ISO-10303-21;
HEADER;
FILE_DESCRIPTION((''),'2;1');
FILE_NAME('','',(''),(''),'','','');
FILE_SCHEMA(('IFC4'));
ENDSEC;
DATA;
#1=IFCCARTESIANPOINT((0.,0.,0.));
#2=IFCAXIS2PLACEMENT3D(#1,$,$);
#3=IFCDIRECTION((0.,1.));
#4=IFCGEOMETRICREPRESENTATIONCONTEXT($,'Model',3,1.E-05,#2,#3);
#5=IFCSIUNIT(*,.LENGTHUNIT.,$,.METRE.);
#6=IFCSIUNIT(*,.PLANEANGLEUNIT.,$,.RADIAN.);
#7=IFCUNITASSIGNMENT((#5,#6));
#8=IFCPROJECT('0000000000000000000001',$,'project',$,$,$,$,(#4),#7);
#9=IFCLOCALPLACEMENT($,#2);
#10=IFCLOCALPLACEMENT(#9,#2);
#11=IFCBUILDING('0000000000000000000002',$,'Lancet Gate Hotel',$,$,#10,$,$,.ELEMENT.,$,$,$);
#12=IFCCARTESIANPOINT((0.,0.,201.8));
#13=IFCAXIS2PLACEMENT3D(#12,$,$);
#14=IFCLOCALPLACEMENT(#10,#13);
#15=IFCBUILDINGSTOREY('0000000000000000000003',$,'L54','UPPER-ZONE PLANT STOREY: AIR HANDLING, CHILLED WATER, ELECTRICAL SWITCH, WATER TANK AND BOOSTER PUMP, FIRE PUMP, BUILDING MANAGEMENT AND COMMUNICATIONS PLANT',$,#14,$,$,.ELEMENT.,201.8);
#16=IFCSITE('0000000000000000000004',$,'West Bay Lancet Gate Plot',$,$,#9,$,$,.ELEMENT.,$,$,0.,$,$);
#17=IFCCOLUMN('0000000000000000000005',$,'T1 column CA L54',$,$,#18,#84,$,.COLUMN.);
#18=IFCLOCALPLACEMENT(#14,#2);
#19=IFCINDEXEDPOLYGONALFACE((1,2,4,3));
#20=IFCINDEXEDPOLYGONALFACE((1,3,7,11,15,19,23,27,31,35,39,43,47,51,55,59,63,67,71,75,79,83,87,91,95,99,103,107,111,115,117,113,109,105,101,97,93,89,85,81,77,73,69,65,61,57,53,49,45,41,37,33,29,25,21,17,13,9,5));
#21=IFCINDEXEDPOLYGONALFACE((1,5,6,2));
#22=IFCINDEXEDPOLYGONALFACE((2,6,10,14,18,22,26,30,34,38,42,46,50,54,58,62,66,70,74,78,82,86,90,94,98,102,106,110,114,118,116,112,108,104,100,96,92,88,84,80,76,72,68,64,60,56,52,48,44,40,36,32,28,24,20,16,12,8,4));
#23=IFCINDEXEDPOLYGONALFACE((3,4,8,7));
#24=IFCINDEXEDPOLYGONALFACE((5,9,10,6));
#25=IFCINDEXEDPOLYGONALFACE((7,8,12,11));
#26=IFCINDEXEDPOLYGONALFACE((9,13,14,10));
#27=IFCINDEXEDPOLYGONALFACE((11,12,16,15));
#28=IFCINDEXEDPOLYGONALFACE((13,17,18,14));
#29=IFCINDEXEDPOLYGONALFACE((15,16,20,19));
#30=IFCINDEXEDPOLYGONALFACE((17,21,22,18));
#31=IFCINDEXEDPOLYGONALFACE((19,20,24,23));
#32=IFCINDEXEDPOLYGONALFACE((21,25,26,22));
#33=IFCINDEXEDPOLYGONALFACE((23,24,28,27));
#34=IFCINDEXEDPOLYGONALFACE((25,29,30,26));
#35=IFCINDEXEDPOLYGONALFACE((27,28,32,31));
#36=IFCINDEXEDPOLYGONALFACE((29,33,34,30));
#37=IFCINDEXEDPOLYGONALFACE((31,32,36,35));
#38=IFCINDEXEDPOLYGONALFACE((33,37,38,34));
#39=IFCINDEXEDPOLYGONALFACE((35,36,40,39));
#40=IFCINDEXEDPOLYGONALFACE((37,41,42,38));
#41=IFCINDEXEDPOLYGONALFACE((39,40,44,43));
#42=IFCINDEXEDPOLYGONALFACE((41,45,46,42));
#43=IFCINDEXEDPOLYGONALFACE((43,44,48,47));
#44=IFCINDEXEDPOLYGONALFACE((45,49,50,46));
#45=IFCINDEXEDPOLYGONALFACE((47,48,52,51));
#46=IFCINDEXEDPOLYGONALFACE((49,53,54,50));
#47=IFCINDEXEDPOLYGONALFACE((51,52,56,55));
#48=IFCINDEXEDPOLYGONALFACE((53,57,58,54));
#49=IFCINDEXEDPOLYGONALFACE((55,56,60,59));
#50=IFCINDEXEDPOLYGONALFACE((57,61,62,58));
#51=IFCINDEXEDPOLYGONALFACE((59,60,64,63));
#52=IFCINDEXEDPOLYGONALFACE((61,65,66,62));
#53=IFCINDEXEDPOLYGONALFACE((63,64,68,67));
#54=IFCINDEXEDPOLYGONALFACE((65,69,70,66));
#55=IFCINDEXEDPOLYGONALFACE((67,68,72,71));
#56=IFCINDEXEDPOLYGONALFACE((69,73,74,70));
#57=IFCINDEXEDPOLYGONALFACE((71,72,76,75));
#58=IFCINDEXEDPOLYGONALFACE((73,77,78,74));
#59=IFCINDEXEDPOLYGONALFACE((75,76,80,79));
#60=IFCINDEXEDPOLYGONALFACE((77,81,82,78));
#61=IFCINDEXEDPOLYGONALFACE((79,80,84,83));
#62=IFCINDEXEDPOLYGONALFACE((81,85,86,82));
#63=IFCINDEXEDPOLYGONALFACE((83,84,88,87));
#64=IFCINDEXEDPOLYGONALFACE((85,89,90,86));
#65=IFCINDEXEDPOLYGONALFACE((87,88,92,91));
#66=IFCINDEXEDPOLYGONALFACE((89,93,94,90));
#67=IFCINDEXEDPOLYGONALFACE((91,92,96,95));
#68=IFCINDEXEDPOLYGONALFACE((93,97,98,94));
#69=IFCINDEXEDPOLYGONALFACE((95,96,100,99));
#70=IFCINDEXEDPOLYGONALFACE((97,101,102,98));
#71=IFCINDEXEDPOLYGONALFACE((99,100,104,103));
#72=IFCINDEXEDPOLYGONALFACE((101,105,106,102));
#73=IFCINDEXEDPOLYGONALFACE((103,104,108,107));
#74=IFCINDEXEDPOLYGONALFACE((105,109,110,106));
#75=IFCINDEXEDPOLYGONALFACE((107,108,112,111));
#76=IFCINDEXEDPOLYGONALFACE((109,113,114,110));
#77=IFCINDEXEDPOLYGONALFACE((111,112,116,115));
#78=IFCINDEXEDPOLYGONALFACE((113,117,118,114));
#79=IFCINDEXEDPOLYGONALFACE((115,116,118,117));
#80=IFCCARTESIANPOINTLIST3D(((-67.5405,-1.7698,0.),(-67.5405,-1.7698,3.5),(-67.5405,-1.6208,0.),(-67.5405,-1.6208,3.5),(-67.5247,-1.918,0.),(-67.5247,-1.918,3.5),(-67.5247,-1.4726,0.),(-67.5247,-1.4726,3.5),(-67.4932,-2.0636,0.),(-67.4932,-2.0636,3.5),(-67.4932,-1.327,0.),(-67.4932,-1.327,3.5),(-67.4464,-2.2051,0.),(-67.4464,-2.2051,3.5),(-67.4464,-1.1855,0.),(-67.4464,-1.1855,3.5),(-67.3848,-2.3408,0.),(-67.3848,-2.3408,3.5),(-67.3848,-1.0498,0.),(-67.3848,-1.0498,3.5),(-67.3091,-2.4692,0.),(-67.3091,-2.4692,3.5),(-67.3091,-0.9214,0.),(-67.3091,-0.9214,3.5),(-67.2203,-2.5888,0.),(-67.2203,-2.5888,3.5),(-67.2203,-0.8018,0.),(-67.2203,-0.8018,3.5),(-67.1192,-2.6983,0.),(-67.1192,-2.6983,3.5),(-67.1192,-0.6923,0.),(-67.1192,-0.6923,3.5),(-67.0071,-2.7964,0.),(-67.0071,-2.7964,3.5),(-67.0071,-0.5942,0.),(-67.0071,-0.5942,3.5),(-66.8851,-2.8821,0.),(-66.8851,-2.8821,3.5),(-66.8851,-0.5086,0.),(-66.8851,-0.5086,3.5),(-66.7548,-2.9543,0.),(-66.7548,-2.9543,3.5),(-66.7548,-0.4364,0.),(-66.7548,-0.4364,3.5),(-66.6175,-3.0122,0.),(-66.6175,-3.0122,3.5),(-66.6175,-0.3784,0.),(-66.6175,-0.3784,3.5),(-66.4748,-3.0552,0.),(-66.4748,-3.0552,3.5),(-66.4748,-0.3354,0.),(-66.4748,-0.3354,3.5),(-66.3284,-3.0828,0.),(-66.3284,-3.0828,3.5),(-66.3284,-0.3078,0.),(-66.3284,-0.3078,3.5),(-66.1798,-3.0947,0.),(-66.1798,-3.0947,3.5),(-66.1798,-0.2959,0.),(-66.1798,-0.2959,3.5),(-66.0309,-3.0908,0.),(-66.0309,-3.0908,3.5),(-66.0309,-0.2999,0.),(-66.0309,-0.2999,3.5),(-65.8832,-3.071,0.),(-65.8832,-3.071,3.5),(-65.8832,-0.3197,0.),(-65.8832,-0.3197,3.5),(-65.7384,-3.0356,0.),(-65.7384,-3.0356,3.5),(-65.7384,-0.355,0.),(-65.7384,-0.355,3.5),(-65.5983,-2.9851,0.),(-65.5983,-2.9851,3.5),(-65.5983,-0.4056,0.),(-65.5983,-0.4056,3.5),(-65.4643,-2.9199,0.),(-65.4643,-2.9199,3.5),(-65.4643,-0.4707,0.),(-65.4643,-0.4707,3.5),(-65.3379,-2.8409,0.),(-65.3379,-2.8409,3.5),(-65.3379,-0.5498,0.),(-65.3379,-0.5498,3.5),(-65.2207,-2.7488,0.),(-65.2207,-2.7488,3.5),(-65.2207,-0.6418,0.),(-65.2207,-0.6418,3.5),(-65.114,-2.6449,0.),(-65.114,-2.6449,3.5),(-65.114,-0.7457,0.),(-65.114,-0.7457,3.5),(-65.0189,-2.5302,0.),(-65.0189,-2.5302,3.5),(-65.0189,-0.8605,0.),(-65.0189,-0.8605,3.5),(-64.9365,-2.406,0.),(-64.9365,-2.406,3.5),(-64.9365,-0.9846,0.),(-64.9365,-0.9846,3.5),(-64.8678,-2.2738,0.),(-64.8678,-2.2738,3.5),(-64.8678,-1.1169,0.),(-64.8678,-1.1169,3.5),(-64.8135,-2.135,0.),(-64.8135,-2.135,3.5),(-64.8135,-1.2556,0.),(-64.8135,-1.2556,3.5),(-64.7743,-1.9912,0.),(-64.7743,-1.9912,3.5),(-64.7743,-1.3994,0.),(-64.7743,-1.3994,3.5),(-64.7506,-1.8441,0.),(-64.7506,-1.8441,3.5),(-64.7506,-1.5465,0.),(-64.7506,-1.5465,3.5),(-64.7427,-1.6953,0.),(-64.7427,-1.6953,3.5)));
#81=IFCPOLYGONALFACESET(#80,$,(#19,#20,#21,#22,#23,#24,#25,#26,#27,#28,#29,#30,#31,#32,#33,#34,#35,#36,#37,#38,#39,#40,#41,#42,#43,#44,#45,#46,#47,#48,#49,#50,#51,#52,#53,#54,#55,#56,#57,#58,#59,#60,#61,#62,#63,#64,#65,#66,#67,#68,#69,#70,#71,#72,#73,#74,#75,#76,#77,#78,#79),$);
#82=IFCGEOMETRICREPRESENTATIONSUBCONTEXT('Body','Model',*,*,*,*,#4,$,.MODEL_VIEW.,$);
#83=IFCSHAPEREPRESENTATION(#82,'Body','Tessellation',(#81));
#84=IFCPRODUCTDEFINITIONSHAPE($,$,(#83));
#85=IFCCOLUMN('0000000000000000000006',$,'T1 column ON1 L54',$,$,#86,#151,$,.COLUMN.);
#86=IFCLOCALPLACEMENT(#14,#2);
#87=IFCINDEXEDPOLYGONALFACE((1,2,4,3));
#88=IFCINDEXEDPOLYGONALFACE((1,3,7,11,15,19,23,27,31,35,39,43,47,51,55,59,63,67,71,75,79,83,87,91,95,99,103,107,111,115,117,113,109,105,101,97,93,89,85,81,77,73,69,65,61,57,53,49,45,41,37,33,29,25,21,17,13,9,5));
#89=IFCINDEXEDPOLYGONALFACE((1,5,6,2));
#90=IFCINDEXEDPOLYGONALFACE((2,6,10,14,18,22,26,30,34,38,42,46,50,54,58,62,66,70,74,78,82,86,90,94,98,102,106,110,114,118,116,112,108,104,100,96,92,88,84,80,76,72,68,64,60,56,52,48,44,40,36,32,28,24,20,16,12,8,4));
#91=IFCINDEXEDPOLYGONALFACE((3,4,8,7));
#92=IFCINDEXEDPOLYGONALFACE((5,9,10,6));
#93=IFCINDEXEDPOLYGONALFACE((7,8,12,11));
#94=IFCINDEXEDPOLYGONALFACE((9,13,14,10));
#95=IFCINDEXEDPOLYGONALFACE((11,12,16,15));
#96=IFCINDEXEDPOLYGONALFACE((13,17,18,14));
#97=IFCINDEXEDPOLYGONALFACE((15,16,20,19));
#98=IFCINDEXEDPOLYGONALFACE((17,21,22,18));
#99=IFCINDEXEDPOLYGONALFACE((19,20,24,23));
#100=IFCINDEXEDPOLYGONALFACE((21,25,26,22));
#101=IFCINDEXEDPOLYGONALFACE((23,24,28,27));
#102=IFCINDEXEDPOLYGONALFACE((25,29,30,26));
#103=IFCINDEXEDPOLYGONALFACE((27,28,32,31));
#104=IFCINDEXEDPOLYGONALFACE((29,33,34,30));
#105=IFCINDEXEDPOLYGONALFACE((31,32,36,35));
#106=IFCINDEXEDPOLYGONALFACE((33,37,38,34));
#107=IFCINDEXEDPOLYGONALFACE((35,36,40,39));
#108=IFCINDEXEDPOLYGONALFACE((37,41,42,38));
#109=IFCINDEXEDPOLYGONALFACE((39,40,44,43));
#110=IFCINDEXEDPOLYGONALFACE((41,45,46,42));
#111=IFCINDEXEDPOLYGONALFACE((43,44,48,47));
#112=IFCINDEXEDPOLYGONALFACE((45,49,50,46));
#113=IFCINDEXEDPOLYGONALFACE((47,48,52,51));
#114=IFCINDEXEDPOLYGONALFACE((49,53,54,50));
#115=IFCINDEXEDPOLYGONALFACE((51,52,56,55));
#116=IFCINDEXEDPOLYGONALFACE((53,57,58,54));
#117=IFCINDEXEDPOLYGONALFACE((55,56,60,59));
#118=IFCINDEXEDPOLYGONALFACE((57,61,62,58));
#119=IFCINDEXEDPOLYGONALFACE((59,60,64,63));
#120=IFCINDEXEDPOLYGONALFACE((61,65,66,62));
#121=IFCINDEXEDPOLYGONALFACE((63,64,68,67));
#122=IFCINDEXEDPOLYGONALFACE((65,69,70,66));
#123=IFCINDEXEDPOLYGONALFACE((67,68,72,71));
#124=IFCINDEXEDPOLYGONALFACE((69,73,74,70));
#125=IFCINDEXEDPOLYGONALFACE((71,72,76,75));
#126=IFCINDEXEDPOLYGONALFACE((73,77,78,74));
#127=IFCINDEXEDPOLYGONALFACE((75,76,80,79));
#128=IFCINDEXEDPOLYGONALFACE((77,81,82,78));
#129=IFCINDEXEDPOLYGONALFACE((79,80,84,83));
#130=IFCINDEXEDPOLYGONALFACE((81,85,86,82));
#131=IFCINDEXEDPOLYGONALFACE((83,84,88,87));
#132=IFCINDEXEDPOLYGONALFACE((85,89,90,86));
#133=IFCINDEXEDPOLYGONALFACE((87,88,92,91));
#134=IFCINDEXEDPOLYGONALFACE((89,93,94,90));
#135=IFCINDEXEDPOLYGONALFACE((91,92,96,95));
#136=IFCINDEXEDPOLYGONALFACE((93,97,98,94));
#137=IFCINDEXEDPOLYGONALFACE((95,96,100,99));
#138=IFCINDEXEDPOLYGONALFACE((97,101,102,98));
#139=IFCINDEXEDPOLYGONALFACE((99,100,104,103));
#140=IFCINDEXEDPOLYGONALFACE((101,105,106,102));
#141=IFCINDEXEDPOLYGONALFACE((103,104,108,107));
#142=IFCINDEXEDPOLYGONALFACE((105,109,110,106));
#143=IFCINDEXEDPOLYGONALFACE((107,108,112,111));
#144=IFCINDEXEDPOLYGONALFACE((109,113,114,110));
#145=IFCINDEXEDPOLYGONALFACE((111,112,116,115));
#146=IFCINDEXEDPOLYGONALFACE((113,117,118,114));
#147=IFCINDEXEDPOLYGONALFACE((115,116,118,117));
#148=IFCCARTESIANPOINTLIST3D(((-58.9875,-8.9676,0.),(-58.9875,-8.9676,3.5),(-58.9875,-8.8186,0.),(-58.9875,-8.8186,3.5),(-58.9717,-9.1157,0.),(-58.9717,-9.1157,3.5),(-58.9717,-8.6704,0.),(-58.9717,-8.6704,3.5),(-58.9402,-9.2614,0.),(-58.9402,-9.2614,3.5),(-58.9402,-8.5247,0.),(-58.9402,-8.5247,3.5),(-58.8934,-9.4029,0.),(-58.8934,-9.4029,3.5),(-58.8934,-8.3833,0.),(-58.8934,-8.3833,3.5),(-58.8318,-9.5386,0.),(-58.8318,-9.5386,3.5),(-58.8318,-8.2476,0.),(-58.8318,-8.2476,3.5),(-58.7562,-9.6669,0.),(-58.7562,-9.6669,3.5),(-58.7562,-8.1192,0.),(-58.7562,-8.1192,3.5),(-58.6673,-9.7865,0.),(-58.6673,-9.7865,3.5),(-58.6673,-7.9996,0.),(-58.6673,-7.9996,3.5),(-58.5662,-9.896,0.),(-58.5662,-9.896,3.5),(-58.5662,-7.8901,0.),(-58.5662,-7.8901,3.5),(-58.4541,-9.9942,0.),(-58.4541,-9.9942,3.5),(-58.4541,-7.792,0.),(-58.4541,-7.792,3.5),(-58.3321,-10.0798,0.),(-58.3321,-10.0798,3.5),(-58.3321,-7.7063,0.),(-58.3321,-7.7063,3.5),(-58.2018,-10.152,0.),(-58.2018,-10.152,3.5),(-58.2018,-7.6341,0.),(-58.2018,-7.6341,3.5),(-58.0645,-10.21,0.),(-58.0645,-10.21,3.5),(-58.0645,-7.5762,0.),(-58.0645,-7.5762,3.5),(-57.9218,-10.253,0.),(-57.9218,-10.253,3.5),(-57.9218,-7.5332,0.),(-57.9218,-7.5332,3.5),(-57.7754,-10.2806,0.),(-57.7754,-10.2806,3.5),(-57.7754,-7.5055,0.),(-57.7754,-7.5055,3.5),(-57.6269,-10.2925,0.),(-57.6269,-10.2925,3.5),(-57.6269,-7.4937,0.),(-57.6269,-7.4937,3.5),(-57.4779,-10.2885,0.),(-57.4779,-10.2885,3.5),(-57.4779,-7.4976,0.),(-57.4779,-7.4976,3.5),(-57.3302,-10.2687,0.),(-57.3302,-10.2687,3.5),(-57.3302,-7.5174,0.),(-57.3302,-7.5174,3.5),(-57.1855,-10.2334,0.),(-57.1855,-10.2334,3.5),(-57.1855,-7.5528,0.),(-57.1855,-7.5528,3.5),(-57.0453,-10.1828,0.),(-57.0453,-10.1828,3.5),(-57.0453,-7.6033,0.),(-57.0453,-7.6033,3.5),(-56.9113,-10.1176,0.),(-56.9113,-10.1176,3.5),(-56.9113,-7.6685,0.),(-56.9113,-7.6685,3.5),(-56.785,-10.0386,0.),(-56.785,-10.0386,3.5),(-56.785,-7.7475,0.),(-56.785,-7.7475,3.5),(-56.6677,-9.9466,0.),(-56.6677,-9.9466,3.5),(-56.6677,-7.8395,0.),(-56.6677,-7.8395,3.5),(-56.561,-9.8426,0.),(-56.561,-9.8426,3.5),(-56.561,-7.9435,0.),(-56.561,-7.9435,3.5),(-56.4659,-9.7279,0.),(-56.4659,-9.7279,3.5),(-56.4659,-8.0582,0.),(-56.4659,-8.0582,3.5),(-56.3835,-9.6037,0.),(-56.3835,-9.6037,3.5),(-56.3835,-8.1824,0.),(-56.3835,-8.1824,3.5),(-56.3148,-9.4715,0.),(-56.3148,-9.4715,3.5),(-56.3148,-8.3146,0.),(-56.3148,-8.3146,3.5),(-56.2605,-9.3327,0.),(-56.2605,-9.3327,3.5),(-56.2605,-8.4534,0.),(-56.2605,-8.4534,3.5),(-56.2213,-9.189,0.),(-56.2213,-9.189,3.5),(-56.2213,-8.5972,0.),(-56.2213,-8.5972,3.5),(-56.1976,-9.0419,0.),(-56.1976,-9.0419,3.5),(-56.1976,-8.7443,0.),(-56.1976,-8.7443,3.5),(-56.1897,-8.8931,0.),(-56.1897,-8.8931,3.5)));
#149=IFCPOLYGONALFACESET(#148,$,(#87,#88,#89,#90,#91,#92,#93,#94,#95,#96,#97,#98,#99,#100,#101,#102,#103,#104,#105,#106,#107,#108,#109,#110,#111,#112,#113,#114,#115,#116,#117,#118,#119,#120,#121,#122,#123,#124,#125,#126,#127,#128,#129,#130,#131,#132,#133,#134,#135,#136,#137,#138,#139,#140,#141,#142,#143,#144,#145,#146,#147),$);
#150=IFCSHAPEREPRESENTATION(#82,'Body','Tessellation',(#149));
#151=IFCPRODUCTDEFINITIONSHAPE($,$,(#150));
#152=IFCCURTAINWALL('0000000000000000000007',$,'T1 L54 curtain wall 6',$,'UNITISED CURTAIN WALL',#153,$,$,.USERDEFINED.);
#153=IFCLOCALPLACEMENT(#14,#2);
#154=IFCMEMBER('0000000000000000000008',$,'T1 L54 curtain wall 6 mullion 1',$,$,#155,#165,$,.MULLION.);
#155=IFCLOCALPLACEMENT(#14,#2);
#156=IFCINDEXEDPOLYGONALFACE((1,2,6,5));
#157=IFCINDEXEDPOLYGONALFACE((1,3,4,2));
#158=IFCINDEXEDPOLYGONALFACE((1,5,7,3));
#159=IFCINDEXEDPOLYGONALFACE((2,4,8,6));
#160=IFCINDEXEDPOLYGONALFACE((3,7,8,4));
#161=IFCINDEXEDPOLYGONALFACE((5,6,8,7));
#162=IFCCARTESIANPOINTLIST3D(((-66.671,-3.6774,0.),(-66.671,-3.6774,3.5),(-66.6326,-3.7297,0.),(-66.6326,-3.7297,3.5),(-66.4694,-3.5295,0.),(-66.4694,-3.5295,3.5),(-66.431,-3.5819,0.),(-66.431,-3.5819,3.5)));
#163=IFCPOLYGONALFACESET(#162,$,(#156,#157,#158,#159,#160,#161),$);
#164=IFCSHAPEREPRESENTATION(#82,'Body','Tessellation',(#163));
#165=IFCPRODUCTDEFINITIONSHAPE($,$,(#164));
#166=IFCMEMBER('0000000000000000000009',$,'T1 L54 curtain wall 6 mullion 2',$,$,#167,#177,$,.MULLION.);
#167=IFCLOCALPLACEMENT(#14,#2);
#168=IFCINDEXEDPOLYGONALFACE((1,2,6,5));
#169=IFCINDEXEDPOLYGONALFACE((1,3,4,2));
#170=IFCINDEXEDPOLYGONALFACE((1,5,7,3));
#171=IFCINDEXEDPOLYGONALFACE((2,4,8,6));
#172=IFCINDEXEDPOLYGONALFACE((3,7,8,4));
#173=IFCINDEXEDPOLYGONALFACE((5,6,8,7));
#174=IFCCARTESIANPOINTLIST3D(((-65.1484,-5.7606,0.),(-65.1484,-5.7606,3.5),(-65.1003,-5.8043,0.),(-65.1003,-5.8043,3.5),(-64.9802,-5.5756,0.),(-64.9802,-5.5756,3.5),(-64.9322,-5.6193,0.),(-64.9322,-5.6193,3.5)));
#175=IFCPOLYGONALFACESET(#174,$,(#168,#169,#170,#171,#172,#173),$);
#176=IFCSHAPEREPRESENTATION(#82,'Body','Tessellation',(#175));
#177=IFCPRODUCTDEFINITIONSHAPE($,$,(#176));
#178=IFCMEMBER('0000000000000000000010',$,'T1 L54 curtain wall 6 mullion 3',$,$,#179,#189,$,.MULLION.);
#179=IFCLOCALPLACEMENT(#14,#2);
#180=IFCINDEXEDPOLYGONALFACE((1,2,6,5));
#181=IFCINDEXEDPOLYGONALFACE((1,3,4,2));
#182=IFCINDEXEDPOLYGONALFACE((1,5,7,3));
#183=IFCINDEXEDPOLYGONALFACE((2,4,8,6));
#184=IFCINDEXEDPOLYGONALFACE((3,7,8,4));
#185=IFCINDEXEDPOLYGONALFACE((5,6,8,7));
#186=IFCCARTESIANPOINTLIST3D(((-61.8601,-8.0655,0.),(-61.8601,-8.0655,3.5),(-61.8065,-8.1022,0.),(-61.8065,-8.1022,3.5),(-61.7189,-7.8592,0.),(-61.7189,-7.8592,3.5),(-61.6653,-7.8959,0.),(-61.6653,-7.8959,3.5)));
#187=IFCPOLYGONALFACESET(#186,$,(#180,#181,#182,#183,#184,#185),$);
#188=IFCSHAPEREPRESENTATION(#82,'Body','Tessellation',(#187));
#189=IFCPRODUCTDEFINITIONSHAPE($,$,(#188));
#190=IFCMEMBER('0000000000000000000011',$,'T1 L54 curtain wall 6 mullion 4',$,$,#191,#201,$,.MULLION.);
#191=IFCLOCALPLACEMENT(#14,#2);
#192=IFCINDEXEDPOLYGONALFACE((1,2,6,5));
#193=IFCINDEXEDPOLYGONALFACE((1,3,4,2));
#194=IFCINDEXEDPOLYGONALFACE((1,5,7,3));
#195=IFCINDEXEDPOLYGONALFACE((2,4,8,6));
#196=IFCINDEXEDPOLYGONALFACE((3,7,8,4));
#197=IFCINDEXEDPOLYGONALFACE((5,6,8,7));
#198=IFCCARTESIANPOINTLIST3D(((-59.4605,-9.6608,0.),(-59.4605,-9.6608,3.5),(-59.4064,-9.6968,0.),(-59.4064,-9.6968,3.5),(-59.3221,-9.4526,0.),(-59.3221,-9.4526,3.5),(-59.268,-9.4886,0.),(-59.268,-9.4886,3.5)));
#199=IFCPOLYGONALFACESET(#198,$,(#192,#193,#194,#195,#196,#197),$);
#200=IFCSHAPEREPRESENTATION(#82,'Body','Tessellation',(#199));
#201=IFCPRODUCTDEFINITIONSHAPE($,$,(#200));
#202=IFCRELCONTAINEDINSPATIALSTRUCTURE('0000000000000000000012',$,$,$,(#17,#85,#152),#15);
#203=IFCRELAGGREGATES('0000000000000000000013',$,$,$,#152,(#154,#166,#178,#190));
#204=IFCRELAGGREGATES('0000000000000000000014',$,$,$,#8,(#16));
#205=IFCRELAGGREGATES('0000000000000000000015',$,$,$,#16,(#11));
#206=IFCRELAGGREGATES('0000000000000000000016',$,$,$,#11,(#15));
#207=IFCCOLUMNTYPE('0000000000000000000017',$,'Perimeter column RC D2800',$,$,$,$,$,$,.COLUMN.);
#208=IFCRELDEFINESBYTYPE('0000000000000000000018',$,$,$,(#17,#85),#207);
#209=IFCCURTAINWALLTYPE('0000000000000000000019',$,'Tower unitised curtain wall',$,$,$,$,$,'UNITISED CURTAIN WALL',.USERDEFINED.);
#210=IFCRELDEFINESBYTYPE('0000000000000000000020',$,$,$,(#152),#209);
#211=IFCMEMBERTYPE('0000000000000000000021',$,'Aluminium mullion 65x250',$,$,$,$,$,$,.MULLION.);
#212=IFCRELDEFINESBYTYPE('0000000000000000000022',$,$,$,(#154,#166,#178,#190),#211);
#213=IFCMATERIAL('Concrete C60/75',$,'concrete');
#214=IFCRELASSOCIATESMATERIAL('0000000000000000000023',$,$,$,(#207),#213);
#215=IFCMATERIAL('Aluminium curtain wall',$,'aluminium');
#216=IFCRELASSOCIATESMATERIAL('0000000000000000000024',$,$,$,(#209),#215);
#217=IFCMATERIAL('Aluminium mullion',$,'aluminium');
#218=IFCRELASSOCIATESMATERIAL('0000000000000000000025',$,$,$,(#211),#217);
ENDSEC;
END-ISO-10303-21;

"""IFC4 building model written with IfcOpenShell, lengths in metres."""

from ifc_helpers import new_model, si_unit, direction, frame, origin, origin_2d, place, context, subcontext, project, spatial, rectangle, circle, extrude, material, material_profile, profile_set, type_object, element, aggregate, save


model = new_model("IFC4")

# Units and contexts
model_context = context("Model", 3, precision=1e-05, world=origin(), true_north=direction((0.0, 1.0)))
body_context = subcontext(model_context, "Body", "Model", "MODEL_VIEW")
ifc_project = project(units=[si_unit("LENGTHUNIT", "METRE"), si_unit("PLANEANGLEUNIT", "RADIAN")], contexts=[model_context])

# Site, building, storey
site_placement = place(None, origin())
site = spatial("IfcSite", under=ifc_project, at=site_placement, Name="West Bay Lancet Gate Plot", CompositionType="ELEMENT", RefElevation=0.0)
building_placement = place(site_placement, origin())
building = spatial("IfcBuilding", under=site, at=building_placement, Name="Lancet Gate Hotel", CompositionType="ELEMENT")
storey_placement = place(building_placement, frame((0.0, 0.0, 201.8)))
storey = spatial("IfcBuildingStorey", under=building, at=storey_placement, Name="L54", Description="UPPER-ZONE PLANT STOREY: AIR HANDLING, CHILLED WATER, ELECTRICAL SWITCH, WATER TANK AND BOOSTER PUMP, FIRE PUMP, BUILDING MANAGEMENT AND COMMUNICATIONS PLANT", CompositionType="ELEMENT", Elevation=201.8)

# Columns
ifc_material_1 = material(Name="Concrete C60/75", Category="concrete")
ifc_material_profile_1 = material_profile(ifc_material_1, circle(Radius=1.3999, at=origin_2d()), Name="RC D2800")
ifc_profile_set_1 = profile_set([ifc_material_profile_1], Name="Concrete C60/75")
column_type = type_object("IfcColumnType", Name="Perimeter column RC D2800", PredefinedType="COLUMN", material=ifc_profile_set_1)
for number, where, z_axis, x_axis, name in (
    (1, (-66.1426, -1.6953, 0.0), (0.0, 0.0, 1.0), (1.0, 0.0, 0.0), "T1 column CA L54"),
    (2, (-57.5896, -8.8931, 0.0), (0.0, 0.0, 1.0), (1.0, 0.0, 0.0), "T1 column ON1 L54"),
):
    element("IfcColumn", number, at=place(storey_placement, frame(where, z_axis=z_axis, x_axis=x_axis)), inside=storey, type_object=column_type, Name=name, PredefinedType="COLUMN", context=body_context, shape_type="SweptSolid", body=[
        extrude(circle(Radius=1.3999, at=origin_2d()), origin(), (0.0, 0.0, 1.0), 3.5),
    ])

# Curtain wall, members
ifc_material_2 = material(Name="Aluminium curtain wall", Category="aluminium")
curtain_wall_type = type_object("IfcCurtainWallType", Name="Tower unitised curtain wall", ElementType="UNITISED CURTAIN WALL", PredefinedType="USERDEFINED", material=ifc_material_2)
curtain_wall_1_placement = place(storey_placement, origin())
curtain_wall_1 = element("IfcCurtainWall", 3, at=curtain_wall_1_placement, inside=storey, type_object=curtain_wall_type, Name="T1 L54 curtain wall 6", ObjectType="UNITISED CURTAIN WALL", PredefinedType="USERDEFINED")
ifc_material_3 = material(Name="Aluminium mullion", Category="aluminium")
ifc_material_profile_2 = material_profile(ifc_material_3, rectangle(XDim=0.0649, YDim=0.25, at=origin_2d()), Name="MULLION 65x250")
ifc_profile_set_2 = profile_set([ifc_material_profile_2], Name="Aluminium mullion")
member_type_1 = type_object("IfcMemberType", Name="Aluminium mullion 65x250", PredefinedType="MULLION", material=ifc_profile_set_2)
member_1_placement = place(storey_placement, frame((-66.551, -3.6296, 0.0), z_axis=(0.0, 0.0, 1.0), x_axis=(0.5913, -0.806452, 0.0)))
member_1 = element("IfcMember", 4, at=member_1_placement, type_object=member_type_1, Name="T1 L54 curtain wall 6 mullion 1", PredefinedType="MULLION", context=body_context, shape_type="SweptSolid", body=[
    extrude(rectangle(XDim=0.0649, YDim=0.25, at=origin_2d()), origin(), (0.0, 0.0, 1.0), 3.5),
])
member_2_placement = place(storey_placement, frame((-65.0403, -5.6899, 0.0), z_axis=(0.0, 0.0, 1.0), x_axis=(0.740077, -0.672522, 0.0)))
member_2 = element("IfcMember", 5, at=member_2_placement, type_object=member_type_1, Name="T1 L54 curtain wall 6 mullion 2", PredefinedType="MULLION", context=body_context, shape_type="SweptSolid", body=[
    extrude(rectangle(XDim=0.0649, YDim=0.25, at=origin_2d()), origin(), (0.0, 0.0, 1.0), 3.5),
])
member_3_placement = place(storey_placement, frame((-61.7627, -7.9807, 0.0), z_axis=(0.0, 0.0, 1.0), x_axis=(0.825233, -0.564793, 0.0)))
member_3 = element("IfcMember", 6, at=member_3_placement, type_object=member_type_1, Name="T1 L54 curtain wall 6 mullion 3", PredefinedType="MULLION", context=body_context, shape_type="SweptSolid", body=[
    extrude(rectangle(XDim=0.0649, YDim=0.25, at=origin_2d()), origin(), (0.0, 0.0, 1.0), 3.5),
])
member_4_placement = place(storey_placement, frame((-59.3643, -9.5747, 0.0), z_axis=(0.0, 0.0, 1.0), x_axis=(0.832879, -0.553455, 0.0)))
member_4 = element("IfcMember", 7, at=member_4_placement, type_object=member_type_1, Name="T1 L54 curtain wall 6 mullion 4", PredefinedType="MULLION", context=body_context, shape_type="SweptSolid", body=[
    extrude(rectangle(XDim=0.0649, YDim=0.25, at=origin_2d()), origin(), (0.0, 0.0, 1.0), 3.5),
])

aggregate(curtain_wall_1, [member_1, member_2, member_3, member_4])

save(model, "model.ifc")
